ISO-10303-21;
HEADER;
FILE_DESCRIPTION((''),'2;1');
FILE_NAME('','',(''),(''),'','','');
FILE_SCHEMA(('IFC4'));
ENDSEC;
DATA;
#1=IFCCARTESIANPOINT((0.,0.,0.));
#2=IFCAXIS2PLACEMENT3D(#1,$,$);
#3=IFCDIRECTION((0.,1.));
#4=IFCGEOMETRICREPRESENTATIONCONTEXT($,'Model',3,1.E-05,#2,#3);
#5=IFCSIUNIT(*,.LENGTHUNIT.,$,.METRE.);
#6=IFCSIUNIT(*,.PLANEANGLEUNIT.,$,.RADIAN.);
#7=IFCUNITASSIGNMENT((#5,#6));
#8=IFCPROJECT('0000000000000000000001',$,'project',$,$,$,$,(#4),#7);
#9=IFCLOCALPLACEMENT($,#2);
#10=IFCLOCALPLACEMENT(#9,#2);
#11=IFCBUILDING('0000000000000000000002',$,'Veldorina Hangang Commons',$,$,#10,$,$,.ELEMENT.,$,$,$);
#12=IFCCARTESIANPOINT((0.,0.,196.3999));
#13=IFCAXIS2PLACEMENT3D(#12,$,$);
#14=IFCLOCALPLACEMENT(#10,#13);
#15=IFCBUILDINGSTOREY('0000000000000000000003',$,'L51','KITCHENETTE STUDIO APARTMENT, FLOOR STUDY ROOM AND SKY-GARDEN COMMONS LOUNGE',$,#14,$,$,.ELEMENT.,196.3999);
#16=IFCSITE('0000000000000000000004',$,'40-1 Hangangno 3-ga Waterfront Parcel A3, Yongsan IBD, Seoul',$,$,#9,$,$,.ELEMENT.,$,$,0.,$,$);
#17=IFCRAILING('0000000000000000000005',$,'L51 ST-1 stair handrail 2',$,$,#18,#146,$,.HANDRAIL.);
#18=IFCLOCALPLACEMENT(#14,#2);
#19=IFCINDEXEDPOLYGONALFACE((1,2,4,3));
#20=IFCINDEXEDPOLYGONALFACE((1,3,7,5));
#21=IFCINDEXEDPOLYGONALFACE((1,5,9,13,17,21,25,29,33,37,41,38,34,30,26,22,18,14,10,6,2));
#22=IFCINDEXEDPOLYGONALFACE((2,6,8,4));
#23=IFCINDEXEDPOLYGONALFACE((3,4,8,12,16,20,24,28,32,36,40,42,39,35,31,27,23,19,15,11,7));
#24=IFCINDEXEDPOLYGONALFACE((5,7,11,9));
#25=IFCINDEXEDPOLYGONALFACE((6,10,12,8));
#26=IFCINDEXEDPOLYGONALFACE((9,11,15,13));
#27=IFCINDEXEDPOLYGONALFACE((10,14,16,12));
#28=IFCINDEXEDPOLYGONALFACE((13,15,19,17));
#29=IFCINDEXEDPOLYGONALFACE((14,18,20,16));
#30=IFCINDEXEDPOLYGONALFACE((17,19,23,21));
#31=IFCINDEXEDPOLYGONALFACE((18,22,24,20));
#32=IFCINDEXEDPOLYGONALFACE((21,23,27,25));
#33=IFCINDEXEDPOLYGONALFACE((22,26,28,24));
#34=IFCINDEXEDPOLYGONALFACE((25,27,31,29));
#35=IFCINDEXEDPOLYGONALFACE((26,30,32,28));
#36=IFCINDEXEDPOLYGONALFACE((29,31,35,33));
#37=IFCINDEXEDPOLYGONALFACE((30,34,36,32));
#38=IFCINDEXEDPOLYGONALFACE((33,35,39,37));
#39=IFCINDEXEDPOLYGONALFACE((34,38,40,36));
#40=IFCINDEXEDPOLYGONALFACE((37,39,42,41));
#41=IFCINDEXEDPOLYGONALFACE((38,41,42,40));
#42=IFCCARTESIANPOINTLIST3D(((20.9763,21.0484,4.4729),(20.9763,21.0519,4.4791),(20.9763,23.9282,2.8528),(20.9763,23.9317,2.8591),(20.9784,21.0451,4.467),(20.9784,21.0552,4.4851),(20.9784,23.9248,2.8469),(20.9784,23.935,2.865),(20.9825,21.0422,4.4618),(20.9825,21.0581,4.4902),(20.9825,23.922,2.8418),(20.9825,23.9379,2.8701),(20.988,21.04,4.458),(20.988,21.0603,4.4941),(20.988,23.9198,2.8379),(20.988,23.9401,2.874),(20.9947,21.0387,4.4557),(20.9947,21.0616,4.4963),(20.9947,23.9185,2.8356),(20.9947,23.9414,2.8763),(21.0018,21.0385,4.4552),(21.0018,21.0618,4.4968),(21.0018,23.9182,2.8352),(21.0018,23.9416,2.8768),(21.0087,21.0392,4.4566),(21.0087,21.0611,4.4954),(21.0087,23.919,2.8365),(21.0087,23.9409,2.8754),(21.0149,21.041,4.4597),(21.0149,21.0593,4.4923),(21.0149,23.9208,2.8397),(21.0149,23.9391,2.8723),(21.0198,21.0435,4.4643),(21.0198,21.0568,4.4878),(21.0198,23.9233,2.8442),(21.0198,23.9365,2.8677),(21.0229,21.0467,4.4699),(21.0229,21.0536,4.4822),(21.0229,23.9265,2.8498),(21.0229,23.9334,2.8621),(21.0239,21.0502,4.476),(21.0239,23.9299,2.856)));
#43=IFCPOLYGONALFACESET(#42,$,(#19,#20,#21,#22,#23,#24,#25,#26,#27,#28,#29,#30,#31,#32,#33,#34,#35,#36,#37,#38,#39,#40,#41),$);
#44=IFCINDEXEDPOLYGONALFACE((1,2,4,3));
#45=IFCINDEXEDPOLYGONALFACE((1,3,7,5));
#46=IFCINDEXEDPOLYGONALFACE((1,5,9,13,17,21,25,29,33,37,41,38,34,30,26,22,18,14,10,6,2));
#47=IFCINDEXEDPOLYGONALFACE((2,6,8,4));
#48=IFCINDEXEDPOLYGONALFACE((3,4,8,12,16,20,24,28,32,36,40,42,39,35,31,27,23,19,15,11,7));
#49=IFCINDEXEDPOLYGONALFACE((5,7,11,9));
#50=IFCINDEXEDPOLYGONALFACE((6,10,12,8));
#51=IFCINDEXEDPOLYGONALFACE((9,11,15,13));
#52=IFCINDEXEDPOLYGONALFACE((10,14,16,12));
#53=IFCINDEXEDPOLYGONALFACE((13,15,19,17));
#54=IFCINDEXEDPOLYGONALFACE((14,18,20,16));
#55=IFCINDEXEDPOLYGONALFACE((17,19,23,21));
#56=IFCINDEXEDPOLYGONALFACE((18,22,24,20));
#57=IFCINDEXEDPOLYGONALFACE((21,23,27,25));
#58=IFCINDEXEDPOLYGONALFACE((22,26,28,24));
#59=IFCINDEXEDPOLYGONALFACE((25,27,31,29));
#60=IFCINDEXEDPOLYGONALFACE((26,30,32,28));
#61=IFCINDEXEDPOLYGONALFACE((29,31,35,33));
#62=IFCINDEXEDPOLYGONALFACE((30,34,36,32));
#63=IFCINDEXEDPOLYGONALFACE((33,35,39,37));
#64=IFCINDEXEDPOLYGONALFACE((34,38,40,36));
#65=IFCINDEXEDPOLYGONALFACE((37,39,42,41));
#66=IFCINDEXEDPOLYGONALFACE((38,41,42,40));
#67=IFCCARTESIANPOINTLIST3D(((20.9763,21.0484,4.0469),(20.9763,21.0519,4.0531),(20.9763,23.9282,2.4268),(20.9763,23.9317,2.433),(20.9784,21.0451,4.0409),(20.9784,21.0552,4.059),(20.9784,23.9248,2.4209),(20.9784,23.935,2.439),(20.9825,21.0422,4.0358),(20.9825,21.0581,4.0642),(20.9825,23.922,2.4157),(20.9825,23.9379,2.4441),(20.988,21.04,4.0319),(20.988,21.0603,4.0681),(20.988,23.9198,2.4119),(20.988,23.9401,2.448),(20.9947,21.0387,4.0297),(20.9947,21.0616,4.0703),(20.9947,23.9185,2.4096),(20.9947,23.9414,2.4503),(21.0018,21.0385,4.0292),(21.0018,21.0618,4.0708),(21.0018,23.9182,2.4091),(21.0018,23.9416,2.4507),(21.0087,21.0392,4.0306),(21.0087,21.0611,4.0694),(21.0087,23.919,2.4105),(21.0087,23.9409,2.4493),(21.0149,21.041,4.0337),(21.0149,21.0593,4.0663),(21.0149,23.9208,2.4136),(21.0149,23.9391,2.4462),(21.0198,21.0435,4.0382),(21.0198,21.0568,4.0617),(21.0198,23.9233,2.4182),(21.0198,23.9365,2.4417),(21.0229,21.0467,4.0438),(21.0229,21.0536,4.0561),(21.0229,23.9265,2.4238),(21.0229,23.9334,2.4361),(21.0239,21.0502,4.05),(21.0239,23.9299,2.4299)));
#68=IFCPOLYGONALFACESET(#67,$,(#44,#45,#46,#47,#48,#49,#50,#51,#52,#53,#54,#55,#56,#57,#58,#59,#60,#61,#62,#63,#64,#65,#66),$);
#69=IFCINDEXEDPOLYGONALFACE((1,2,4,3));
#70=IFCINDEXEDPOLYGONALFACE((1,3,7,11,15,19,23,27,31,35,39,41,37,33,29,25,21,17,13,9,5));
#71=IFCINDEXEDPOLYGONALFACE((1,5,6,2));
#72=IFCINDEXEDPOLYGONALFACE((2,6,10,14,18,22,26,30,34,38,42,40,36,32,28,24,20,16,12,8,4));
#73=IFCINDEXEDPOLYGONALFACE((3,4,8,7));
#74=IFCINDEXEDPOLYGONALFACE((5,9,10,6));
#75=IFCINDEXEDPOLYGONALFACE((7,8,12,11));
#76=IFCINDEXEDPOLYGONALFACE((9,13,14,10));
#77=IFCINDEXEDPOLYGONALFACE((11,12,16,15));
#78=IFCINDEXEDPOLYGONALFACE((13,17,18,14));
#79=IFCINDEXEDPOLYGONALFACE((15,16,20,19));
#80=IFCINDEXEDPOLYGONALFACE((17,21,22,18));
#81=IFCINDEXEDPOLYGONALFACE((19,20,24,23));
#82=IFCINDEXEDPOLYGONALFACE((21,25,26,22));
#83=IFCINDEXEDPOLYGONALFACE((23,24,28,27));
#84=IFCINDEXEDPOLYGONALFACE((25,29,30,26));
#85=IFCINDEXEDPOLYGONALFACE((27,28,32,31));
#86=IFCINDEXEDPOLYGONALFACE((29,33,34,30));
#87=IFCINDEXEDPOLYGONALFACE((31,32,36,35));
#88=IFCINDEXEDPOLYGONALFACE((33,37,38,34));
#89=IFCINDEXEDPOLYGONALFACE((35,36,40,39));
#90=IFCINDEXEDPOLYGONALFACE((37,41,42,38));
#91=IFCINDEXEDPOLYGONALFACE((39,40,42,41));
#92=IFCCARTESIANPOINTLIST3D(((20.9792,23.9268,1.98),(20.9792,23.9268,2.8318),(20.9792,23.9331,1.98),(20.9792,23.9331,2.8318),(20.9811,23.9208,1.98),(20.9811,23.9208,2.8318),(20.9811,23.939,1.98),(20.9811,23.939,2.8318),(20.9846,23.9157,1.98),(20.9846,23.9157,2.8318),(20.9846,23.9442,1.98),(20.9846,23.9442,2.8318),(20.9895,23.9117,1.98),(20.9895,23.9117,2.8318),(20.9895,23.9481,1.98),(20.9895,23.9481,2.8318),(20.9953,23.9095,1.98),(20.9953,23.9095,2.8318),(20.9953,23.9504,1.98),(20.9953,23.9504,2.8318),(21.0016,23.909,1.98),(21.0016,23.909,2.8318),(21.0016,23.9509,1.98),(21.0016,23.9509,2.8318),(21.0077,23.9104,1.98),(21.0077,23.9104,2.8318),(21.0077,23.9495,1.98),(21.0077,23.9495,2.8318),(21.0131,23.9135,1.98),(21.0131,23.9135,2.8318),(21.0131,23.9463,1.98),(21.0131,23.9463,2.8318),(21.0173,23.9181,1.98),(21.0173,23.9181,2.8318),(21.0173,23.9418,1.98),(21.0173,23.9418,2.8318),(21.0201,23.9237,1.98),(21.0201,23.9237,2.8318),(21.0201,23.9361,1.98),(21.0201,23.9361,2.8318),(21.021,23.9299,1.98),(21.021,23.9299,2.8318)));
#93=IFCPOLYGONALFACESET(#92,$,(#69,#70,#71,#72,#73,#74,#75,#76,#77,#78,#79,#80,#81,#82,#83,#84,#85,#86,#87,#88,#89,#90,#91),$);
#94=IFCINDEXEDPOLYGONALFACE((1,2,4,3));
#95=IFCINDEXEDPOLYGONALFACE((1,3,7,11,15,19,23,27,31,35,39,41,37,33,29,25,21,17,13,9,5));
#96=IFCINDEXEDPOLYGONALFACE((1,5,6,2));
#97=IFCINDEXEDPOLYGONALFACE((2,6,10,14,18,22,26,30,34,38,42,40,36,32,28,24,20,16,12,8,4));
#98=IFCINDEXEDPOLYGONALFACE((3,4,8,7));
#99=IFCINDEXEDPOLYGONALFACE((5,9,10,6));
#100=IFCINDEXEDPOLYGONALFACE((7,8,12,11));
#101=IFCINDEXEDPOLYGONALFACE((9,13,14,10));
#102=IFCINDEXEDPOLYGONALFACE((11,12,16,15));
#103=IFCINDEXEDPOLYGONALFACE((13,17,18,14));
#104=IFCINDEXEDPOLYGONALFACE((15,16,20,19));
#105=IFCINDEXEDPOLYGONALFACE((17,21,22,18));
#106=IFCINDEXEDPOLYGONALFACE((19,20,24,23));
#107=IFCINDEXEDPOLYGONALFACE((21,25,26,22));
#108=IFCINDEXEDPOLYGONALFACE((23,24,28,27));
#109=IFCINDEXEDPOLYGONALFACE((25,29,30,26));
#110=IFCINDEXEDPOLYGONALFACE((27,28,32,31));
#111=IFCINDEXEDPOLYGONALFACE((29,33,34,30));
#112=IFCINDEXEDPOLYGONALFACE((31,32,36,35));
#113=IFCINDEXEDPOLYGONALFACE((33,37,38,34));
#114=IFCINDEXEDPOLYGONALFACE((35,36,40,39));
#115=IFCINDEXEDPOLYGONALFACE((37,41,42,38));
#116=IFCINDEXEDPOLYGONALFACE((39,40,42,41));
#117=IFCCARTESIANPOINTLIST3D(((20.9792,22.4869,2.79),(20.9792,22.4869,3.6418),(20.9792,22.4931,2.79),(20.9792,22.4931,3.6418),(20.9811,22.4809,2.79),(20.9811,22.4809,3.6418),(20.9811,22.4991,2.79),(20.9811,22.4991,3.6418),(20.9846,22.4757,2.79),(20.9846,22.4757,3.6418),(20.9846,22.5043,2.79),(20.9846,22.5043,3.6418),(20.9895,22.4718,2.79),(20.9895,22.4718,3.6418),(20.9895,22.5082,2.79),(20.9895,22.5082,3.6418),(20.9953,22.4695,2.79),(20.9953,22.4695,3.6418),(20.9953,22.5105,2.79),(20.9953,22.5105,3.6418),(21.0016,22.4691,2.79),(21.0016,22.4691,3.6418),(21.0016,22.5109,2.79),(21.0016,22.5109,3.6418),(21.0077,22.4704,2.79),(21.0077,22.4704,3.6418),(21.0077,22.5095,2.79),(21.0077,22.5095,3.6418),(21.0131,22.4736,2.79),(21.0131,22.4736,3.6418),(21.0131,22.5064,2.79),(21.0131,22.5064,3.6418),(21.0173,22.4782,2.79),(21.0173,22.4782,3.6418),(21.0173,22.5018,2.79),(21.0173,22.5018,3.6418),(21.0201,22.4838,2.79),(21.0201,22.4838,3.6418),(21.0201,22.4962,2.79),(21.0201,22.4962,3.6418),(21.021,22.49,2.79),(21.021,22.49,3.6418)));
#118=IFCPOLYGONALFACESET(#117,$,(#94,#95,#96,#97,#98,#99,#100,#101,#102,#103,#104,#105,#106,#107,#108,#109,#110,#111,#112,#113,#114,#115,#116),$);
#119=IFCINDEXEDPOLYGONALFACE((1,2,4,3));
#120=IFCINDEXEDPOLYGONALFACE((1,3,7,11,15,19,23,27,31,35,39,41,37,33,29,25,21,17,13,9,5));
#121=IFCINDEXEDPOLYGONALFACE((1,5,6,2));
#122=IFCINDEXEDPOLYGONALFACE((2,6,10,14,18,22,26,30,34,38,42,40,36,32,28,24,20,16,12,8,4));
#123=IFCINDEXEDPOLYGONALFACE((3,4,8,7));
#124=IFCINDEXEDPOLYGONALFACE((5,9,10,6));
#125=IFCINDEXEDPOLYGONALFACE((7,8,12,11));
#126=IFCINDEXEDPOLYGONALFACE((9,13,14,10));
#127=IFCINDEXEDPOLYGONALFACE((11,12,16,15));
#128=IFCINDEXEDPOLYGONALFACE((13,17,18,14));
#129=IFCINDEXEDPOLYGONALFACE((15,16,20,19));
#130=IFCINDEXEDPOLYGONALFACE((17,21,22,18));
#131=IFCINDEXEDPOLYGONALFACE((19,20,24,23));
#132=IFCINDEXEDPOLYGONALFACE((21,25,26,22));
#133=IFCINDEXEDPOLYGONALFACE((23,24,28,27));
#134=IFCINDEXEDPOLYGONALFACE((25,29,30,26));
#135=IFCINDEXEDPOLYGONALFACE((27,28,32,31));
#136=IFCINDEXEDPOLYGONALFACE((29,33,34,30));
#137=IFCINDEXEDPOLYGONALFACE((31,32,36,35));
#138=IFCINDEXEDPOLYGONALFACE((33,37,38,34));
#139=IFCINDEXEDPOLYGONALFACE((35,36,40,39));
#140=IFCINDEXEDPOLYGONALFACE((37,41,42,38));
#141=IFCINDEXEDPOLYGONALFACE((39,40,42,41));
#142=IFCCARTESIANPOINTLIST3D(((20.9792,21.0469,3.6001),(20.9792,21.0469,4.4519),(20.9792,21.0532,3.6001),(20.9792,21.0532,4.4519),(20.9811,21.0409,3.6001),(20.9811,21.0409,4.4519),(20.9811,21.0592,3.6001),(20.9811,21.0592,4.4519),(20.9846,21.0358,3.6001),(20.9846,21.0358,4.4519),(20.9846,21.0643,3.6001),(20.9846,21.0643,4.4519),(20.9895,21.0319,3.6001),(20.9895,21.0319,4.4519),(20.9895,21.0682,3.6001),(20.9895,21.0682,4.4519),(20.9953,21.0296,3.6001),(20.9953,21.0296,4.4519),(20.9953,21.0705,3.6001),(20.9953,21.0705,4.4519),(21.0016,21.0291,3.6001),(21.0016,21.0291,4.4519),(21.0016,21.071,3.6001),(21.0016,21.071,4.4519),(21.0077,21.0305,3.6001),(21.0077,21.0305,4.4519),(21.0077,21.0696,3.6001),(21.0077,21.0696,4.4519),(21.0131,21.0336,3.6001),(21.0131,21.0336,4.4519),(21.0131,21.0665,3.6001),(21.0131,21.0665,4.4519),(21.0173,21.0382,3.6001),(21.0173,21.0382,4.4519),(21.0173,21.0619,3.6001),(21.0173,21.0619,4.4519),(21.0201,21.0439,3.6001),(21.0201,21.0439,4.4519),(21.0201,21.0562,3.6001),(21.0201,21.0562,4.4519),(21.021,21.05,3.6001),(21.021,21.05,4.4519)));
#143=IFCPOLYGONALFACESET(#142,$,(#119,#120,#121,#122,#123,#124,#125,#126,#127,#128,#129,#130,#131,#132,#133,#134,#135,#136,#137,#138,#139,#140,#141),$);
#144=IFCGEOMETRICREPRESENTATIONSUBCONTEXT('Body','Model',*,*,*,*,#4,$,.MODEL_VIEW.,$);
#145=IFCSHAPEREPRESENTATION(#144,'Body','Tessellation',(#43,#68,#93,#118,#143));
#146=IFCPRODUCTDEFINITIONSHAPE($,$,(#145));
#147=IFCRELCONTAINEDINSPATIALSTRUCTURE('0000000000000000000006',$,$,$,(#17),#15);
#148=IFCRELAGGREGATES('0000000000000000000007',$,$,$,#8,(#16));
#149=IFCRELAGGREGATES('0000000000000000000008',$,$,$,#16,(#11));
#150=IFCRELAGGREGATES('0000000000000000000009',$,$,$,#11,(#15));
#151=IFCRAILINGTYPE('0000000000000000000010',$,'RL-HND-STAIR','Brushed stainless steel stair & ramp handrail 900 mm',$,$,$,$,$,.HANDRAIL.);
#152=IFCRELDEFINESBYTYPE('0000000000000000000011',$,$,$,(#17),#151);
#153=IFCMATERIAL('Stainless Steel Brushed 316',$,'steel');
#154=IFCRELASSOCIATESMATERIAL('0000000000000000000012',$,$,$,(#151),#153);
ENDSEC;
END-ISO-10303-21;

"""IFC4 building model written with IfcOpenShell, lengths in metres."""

from ifc_helpers import new_model, si_unit, direction, frame, origin, origin_2d, place, context, subcontext, project, spatial, circle, extrude, material, type_object, element, save


model = new_model("IFC4")

# Units and contexts
model_context = context("Model", 3, precision=1e-05, world=origin(), true_north=direction((0.0, 1.0)))
body_context = subcontext(model_context, "Body", "Model", "MODEL_VIEW")
ifc_project = project(units=[si_unit("LENGTHUNIT", "METRE"), si_unit("PLANEANGLEUNIT", "RADIAN")], contexts=[model_context])

# Site, building, storey
site_placement = place(None, origin())
site = spatial("IfcSite", under=ifc_project, at=site_placement, Name="40-1 Hangangno 3-ga Waterfront Parcel A3, Yongsan IBD, Seoul", CompositionType="ELEMENT", RefElevation=0.0)
building_placement = place(site_placement, origin())
building = spatial("IfcBuilding", under=site, at=building_placement, Name="Veldorina Hangang Commons", CompositionType="ELEMENT")
storey_placement = place(building_placement, frame((0.0, 0.0, 196.3999)))
storey = spatial("IfcBuildingStorey", under=building, at=storey_placement, Name="L51", Description="KITCHENETTE STUDIO APARTMENT, FLOOR STUDY ROOM AND SKY-GARDEN COMMONS LOUNGE", CompositionType="ELEMENT", Elevation=196.3999)

# Railing
ifc_material_1 = material(Name="Stainless Steel Brushed 316", Category="steel")
railing_type_1 = type_object("IfcRailingType", Name="RL-HND-STAIR", Description="Brushed stainless steel stair & ramp handrail 900 mm", PredefinedType="HANDRAIL", material=ifc_material_1)
railing_1_placement = place(storey_placement, frame((21.0, 23.9299, 1.98)))
element("IfcRailing", 1, at=railing_1_placement, inside=storey, type_object=railing_type_1, Name="L51 ST-1 stair handrail 2", PredefinedType="HANDRAIL", context=body_context, shape_type="SweptSolid", body=[
    extrude(circle(Radius=0.0239, at=origin_2d()), frame((0.0, 0.0, 0.876), z_axis=(0.0, -0.871552, 0.490303), x_axis=(1.0, 0.0, 0.0)), (0.0, 0.0, 1.0), 3.3042),
    extrude(circle(Radius=0.0239, at=origin_2d()), frame((0.0, 0.0, 0.45), z_axis=(0.0, -0.871552, 0.490303), x_axis=(1.0, 0.0, 0.0)), (0.0, 0.0, 1.0), 3.3042),
    extrude(circle(Radius=0.021, at=origin_2d()), origin(), (0.0, 0.0, 1.0), 0.8518),
    extrude(circle(Radius=0.021, at=origin_2d()), frame((0.0, -1.4399, 0.8101)), (0.0, 0.0, 1.0), 0.8518),
    extrude(circle(Radius=0.021, at=origin_2d()), frame((0.0, -2.8799, 1.6201)), (0.0, 0.0, 1.0), 0.8518),
])

save(model, "model.ifc")
